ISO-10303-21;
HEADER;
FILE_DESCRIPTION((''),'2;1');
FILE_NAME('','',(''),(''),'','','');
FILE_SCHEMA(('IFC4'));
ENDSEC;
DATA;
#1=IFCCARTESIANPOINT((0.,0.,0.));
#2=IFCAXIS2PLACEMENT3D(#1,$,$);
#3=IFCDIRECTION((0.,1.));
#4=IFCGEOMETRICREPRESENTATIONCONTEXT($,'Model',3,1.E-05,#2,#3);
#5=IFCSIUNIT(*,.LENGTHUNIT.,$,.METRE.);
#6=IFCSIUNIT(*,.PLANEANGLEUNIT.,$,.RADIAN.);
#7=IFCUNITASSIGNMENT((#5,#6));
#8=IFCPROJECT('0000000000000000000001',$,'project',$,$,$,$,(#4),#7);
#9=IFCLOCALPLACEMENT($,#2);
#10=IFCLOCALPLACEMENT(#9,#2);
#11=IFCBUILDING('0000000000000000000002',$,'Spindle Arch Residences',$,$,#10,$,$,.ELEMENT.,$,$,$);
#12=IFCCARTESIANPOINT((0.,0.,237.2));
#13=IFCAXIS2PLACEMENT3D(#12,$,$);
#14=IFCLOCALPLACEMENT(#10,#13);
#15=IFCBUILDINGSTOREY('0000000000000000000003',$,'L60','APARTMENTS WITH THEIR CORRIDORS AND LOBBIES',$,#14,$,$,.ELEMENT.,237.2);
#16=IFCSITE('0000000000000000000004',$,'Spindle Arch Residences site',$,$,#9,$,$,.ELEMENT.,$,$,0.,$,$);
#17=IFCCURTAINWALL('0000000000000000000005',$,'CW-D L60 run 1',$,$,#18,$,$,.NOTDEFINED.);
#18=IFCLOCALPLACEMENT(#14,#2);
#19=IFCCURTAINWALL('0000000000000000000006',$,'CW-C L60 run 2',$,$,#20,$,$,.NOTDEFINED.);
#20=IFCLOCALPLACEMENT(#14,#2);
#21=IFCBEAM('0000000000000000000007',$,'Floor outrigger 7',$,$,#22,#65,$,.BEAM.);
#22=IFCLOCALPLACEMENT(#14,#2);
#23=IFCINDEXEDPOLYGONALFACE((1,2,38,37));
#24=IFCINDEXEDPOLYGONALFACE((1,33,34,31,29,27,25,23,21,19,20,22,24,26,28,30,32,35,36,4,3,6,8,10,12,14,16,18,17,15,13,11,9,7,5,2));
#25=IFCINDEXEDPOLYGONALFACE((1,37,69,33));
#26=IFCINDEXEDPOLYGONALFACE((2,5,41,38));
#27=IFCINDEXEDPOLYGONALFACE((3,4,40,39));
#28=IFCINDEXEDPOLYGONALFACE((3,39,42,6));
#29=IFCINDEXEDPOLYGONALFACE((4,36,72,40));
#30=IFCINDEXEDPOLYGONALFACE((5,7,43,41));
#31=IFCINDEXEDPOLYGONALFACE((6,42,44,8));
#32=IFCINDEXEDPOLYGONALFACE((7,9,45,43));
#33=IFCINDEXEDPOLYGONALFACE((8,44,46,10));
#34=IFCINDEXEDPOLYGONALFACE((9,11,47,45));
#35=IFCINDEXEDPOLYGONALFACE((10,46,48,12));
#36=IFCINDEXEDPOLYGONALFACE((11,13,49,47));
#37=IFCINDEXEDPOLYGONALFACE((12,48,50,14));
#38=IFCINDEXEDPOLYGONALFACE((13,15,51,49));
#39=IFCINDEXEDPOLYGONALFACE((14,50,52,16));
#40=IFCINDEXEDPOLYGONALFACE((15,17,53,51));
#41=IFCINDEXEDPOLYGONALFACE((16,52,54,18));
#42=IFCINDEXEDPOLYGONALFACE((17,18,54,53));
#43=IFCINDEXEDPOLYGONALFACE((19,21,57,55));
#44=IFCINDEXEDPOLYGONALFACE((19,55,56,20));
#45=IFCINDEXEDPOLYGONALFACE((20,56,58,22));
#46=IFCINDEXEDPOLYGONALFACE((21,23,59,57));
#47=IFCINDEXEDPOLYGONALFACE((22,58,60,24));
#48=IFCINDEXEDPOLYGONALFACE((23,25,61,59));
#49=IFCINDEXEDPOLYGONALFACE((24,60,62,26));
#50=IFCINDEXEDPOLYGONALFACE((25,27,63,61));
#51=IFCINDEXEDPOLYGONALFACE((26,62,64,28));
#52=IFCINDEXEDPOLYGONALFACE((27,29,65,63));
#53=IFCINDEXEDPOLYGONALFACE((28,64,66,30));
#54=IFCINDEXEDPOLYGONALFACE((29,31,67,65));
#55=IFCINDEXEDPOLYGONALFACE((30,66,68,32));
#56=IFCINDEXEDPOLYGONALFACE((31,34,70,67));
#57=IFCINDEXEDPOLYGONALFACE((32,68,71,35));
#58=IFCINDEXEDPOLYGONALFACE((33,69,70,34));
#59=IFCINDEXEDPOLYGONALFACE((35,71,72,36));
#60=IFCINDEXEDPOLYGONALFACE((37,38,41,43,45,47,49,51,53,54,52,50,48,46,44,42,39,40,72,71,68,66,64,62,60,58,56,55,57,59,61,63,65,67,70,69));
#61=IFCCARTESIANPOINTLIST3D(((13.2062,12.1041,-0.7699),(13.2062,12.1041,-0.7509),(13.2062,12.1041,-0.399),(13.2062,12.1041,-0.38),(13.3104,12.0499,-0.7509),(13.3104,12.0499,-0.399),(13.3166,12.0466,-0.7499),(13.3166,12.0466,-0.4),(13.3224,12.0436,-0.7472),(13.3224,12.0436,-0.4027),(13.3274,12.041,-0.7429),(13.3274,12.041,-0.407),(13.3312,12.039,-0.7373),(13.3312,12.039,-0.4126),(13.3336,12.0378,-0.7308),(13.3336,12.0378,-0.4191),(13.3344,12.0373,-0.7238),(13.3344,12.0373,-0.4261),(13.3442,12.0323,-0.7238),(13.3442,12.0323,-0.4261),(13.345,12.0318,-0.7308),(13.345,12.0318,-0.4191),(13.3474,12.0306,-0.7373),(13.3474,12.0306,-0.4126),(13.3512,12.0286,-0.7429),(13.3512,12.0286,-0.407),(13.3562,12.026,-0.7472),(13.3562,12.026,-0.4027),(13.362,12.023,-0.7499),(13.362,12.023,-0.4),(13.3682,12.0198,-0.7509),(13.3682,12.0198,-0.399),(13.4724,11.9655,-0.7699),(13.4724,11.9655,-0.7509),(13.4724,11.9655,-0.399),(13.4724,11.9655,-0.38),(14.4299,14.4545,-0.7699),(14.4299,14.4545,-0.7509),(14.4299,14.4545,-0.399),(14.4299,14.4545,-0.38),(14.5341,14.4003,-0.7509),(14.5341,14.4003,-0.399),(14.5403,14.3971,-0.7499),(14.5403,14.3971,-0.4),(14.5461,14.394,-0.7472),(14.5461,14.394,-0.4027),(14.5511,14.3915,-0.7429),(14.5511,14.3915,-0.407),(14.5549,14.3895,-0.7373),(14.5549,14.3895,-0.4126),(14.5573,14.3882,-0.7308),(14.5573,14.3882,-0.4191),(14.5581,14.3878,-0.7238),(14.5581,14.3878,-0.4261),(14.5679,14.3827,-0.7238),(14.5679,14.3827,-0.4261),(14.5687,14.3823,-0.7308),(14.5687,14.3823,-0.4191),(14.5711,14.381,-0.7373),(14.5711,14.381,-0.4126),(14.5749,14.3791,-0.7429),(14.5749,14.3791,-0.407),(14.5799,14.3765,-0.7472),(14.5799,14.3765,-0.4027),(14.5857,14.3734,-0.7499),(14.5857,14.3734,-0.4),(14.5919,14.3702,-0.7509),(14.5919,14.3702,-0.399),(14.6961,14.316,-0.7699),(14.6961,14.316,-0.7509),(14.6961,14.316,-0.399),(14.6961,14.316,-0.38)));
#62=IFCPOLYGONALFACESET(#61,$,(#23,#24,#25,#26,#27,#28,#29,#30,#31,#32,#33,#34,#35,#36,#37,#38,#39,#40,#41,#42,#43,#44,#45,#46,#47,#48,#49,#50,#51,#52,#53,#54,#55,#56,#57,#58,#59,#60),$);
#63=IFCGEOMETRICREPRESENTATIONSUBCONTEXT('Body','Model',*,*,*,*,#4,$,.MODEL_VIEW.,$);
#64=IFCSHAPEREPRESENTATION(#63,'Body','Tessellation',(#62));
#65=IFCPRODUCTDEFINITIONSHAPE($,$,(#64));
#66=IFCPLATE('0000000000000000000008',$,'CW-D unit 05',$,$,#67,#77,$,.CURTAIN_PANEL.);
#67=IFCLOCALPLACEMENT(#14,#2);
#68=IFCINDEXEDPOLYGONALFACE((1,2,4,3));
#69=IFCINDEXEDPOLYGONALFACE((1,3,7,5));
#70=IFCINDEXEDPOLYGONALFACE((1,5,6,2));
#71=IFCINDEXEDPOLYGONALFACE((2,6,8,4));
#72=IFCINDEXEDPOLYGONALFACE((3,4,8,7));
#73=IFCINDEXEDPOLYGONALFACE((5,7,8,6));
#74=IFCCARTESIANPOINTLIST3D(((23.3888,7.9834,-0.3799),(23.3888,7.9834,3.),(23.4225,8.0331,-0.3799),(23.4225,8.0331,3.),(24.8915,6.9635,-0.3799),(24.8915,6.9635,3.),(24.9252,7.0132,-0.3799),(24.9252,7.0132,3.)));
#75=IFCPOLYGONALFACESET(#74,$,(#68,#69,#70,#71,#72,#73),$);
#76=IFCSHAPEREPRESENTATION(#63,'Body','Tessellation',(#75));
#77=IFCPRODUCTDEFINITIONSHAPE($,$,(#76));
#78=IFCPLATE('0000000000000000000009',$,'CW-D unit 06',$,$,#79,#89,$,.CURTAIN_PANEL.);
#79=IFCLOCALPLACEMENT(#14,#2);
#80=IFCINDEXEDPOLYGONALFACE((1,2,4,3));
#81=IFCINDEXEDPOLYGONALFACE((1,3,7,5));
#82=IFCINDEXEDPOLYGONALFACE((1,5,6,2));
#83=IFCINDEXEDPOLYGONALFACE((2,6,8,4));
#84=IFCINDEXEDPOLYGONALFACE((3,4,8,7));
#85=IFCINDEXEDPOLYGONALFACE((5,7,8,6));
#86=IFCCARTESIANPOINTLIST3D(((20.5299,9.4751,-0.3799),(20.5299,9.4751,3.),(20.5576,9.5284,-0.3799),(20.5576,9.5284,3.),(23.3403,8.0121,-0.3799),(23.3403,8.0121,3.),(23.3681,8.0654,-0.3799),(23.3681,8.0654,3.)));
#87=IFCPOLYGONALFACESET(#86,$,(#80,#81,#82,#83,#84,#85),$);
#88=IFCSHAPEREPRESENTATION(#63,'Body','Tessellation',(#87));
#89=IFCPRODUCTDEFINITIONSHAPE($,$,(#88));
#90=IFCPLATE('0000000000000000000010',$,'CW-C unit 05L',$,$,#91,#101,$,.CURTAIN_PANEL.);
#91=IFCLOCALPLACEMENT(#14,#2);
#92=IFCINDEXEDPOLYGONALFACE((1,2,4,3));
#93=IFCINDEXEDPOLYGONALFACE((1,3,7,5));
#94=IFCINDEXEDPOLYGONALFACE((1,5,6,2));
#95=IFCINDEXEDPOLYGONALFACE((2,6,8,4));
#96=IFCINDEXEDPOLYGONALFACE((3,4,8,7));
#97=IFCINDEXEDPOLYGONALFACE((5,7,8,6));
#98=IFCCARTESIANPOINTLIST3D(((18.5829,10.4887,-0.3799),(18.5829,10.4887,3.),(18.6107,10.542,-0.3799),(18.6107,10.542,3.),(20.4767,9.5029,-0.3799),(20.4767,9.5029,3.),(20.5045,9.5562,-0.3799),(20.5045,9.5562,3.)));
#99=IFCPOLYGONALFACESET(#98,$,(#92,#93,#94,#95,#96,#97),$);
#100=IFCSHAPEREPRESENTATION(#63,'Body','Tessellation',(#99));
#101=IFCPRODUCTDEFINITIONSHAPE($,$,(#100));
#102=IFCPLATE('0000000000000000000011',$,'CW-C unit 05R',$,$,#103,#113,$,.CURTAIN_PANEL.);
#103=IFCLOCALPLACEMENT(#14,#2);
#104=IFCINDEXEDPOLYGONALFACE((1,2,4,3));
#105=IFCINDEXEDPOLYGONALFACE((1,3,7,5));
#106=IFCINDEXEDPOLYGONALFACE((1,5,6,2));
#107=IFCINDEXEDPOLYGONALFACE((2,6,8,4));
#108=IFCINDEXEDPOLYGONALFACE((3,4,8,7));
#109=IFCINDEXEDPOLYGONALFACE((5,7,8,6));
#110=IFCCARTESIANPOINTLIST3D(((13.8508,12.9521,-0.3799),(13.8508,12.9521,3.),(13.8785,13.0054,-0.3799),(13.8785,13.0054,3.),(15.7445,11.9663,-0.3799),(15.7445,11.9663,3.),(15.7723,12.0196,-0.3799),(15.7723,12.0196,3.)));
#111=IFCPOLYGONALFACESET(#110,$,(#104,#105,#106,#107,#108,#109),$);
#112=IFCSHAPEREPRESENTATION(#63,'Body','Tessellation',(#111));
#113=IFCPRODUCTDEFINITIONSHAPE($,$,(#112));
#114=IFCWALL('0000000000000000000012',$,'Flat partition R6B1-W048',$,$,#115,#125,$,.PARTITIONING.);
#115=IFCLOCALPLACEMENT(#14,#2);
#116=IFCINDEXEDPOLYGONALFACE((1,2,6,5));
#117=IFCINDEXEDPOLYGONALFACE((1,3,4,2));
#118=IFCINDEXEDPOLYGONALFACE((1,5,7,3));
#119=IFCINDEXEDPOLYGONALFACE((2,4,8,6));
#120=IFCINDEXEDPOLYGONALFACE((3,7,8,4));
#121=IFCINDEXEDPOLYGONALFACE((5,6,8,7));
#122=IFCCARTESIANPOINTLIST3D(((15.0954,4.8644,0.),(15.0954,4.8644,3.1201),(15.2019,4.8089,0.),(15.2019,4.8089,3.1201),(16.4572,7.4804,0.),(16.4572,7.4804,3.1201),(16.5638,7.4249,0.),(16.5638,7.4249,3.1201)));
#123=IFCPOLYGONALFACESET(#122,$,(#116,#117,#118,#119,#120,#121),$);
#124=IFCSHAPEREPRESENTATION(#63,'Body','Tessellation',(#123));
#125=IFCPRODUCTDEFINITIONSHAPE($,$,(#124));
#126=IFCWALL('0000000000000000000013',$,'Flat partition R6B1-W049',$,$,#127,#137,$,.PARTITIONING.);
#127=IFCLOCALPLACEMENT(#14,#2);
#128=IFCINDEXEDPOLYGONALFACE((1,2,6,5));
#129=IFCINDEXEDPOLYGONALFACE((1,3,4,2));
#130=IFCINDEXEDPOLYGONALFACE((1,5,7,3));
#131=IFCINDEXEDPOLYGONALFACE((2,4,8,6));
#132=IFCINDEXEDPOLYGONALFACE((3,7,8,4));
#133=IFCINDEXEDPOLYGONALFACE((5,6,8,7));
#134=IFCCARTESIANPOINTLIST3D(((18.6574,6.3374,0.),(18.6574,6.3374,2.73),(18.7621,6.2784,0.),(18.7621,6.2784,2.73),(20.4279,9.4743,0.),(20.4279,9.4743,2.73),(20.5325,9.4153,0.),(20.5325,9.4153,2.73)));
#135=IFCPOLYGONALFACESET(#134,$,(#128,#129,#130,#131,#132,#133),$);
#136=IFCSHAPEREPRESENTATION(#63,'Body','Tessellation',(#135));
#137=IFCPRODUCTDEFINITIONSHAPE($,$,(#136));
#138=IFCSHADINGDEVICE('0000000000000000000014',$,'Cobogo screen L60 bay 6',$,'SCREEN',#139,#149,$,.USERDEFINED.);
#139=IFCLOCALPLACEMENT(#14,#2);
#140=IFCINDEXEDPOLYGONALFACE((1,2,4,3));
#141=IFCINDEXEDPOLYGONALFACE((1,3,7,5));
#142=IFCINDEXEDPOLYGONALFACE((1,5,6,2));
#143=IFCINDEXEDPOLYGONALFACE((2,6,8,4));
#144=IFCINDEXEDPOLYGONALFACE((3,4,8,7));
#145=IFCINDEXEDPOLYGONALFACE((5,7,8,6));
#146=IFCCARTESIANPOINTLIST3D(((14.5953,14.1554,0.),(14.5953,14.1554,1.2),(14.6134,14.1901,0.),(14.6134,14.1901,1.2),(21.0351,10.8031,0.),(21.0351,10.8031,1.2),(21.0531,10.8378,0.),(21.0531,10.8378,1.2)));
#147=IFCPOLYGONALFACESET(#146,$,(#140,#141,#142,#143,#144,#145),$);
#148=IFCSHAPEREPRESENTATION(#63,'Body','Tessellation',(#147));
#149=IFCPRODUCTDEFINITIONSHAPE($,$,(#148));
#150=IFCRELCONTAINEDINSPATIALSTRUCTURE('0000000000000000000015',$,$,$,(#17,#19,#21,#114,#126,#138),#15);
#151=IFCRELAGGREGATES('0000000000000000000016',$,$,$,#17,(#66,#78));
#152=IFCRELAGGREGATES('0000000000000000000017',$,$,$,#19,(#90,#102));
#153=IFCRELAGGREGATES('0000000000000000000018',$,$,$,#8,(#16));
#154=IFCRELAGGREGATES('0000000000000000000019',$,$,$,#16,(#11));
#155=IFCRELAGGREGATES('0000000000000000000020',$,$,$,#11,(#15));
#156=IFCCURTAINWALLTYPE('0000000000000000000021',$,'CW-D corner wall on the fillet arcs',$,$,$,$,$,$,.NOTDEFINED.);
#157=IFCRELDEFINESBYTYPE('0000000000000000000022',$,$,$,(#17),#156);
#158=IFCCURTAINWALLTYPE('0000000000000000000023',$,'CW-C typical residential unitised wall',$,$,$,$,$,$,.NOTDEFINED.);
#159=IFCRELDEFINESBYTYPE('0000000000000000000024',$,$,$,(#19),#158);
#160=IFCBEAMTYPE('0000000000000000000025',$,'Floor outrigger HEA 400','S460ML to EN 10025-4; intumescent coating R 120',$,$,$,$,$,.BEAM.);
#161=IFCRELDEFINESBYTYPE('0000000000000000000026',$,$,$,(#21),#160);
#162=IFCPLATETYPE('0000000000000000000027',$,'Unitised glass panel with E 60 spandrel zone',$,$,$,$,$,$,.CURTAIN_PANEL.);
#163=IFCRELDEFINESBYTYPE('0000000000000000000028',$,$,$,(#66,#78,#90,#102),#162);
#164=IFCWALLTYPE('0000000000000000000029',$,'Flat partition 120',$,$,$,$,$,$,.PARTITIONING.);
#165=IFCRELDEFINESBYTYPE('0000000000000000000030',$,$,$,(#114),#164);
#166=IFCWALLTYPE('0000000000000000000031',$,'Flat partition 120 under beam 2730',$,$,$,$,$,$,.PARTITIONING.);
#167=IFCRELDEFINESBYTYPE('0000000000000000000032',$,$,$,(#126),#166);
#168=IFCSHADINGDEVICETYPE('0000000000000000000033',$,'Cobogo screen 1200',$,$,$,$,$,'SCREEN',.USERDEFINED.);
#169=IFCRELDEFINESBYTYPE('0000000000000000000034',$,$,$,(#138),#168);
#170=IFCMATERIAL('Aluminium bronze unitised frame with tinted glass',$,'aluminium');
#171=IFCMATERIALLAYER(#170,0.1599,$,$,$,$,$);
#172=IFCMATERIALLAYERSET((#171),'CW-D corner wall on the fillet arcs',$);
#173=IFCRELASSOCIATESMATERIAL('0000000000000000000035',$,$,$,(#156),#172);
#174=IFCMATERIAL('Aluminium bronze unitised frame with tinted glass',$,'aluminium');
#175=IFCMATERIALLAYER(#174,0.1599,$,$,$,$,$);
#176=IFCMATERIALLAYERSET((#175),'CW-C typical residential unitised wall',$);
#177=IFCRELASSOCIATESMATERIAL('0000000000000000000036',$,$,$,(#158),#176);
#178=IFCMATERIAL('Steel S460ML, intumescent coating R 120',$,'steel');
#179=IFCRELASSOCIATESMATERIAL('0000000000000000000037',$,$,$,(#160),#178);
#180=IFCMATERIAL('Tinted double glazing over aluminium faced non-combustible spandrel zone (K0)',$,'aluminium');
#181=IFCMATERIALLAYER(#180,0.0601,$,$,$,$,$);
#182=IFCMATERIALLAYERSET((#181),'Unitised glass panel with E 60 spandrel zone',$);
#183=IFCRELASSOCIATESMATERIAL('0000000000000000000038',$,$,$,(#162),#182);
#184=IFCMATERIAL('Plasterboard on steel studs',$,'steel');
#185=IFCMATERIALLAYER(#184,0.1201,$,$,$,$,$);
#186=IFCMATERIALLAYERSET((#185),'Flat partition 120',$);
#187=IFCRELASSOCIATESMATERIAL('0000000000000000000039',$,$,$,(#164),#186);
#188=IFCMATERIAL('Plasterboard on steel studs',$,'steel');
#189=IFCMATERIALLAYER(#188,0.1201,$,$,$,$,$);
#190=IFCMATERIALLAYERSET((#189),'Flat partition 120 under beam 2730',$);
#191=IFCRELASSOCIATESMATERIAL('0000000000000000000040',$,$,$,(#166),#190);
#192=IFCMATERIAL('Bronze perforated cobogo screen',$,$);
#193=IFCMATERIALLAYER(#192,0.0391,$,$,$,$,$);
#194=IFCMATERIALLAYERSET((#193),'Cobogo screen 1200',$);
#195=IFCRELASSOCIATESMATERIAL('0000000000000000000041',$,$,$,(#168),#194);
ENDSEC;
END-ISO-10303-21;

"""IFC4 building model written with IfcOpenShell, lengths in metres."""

from ifc_helpers import new_model, si_unit, direction, frame, frame_2d, origin, origin_2d, place, context, subcontext, project, spatial, rectangle, i_section, extrude, material, layer, layer_set, material_profile, profile_set, type_object, element, aggregate, save


model = new_model("IFC4")

# Units and contexts
model_context = context("Model", 3, precision=1e-05, world=origin(), true_north=direction((0.0, 1.0)))
body_context = subcontext(model_context, "Body", "Model", "MODEL_VIEW")
ifc_project = project(units=[si_unit("LENGTHUNIT", "METRE"), si_unit("PLANEANGLEUNIT", "RADIAN")], contexts=[model_context])

# Site, building, storey
site_placement = place(None, origin())
site = spatial("IfcSite", under=ifc_project, at=site_placement, Name="Spindle Arch Residences site", CompositionType="ELEMENT", RefElevation=0.0)
building_placement = place(site_placement, origin())
building = spatial("IfcBuilding", under=site, at=building_placement, Name="Spindle Arch Residences", CompositionType="ELEMENT")
storey_placement = place(building_placement, frame((0.0, 0.0, 237.2)))
storey = spatial("IfcBuildingStorey", under=building, at=storey_placement, Name="L60", Description="APARTMENTS WITH THEIR CORRIDORS AND LOBBIES", CompositionType="ELEMENT", Elevation=237.2)

# Curtain walls
ifc_material_1 = material(Name="Aluminium bronze unitised frame with tinted glass", Category="aluminium")
ifc_layer_1 = layer(ifc_material_1, 0.1599)
ifc_layer_set_1 = layer_set([ifc_layer_1], Name="CW-D corner wall on the fillet arcs")
curtain_wall_type_1 = type_object("IfcCurtainWallType", Name="CW-D corner wall on the fillet arcs", PredefinedType="NOTDEFINED", material=ifc_layer_set_1)
curtain_wall_1_placement = place(storey_placement, origin())
curtain_wall_1 = element("IfcCurtainWall", 1, at=curtain_wall_1_placement, inside=storey, type_object=curtain_wall_type_1, Name="CW-D L60 run 1", PredefinedType="NOTDEFINED")
ifc_material_2 = material(Name="Aluminium bronze unitised frame with tinted glass", Category="aluminium")
ifc_layer_2 = layer(ifc_material_2, 0.1599)
ifc_layer_set_2 = layer_set([ifc_layer_2], Name="CW-C typical residential unitised wall")
curtain_wall_type_2 = type_object("IfcCurtainWallType", Name="CW-C typical residential unitised wall", PredefinedType="NOTDEFINED", material=ifc_layer_set_2)
curtain_wall_2_placement = place(storey_placement, origin())
curtain_wall_2 = element("IfcCurtainWall", 2, at=curtain_wall_2_placement, inside=storey, type_object=curtain_wall_type_2, Name="CW-C L60 run 2", PredefinedType="NOTDEFINED")

# Beam
ifc_material_3 = material(Name="Steel S460ML, intumescent coating R 120", Category="steel")
ifc_material_profile_1 = material_profile(ifc_material_3, i_section(OverallWidth=0.3, OverallDepth=0.3899, WebThickness=0.011, FlangeThickness=0.019, FilletRadius=0.0271, at=origin_2d()), Name="HEA 400")
ifc_profile_set_1 = profile_set([ifc_material_profile_1], Name="Steel S460ML, intumescent coating R 120")
beam_type_1 = type_object("IfcBeamType", Name="Floor outrigger HEA 400", Description="S460ML to EN 10025-4; intumescent coating R 120", PredefinedType="BEAM", material=ifc_profile_set_1)
for number, where, z_axis, x_axis, name in (
    (3, (14.563, 14.3853, -0.575), (-0.461785, -0.886992, 0.0), (0.886992, -0.461785, 0.0), "Floor outrigger 7"),
):
    element("IfcBeam", number, at=place(storey_placement, frame(where, z_axis=z_axis, x_axis=x_axis)), inside=storey, type_object=beam_type_1, Name=name, PredefinedType="BEAM", context=body_context, shape_type="SweptSolid", body=[
        extrude(i_section(OverallWidth=0.3, OverallDepth=0.3899, WebThickness=0.011, FlangeThickness=0.019, FilletRadius=0.0271, at=origin_2d()), origin(), (0.0, 0.0, 1.0), 2.6499),
    ])

# Plates
ifc_material_4 = material(Name="Tinted double glazing over aluminium faced non-combustible spandrel zone (K0)", Category="aluminium")
ifc_layer_3 = layer(ifc_material_4, 0.0601)
ifc_layer_set_3 = layer_set([ifc_layer_3], Name="Unitised glass panel with E 60 spandrel zone")
plate_type = type_object("IfcPlateType", Name="Unitised glass panel with E 60 spandrel zone", PredefinedType="CURTAIN_PANEL", material=ifc_layer_set_3)
plate_1_placement = place(storey_placement, frame((24.157, 7.4983, -0.3799), z_axis=(0.0, 0.0, 1.0), x_axis=(-0.827407, 0.561602, 0.0)))
plate_1 = element("IfcPlate", 4, at=plate_1_placement, type_object=plate_type, Name="CW-D unit 05", PredefinedType="CURTAIN_PANEL", context=body_context, shape_type="SweptSolid", body=[
    extrude(rectangle(XDim=1.8162, YDim=0.0601, at=origin_2d()), origin(), (0.0, 0.0, 1.0), 3.3799),
])
plate_2_placement = place(storey_placement, frame((21.949, 8.7703, -0.3799), z_axis=(0.0, 0.0, 1.0), x_axis=(-0.887011, 0.461749, 0.0)))
plate_2 = element("IfcPlate", 5, at=plate_2_placement, type_object=plate_type, Name="CW-D unit 06", PredefinedType="CURTAIN_PANEL", context=body_context, shape_type="SweptSolid", body=[
    extrude(rectangle(XDim=3.1685, YDim=0.0601, at=origin_2d()), origin(), (0.0, 0.0, 1.0), 3.3799),
])
aggregate(curtain_wall_1, [plate_1, plate_2])
plate_3_placement = place(storey_placement, frame((19.5437, 10.0225, -0.3799), z_axis=(0.0, 0.0, 1.0), x_axis=(-0.887011, 0.461749, 0.0)))
plate_3 = element("IfcPlate", 6, at=plate_3_placement, type_object=plate_type, Name="CW-C unit 05L", PredefinedType="CURTAIN_PANEL", context=body_context, shape_type="SweptSolid", body=[
    extrude(rectangle(XDim=2.135, YDim=0.0601, at=origin_2d()), origin(), (0.0, 0.0, 1.0), 3.3799),
])
plate_4_placement = place(storey_placement, frame((14.8115, 12.4858, -0.3799), z_axis=(0.0, 0.0, 1.0), x_axis=(-0.887011, 0.461749, 0.0)))
plate_4 = element("IfcPlate", 7, at=plate_4_placement, type_object=plate_type, Name="CW-C unit 05R", PredefinedType="CURTAIN_PANEL", context=body_context, shape_type="SweptSolid", body=[
    extrude(rectangle(XDim=2.135, YDim=0.0601, at=origin_2d()), origin(), (0.0, 0.0, 1.0), 3.3799),
])
aggregate(curtain_wall_2, [plate_3, plate_4])

# Walls
ifc_material_5 = material(Name="Plasterboard on steel studs", Category="steel")
ifc_layer_4 = layer(ifc_material_5, 0.1201)
ifc_layer_set_4 = layer_set([ifc_layer_4], Name="Flat partition 120")
wall_type_1 = type_object("IfcWallType", Name="Flat partition 120", PredefinedType="PARTITIONING", material=ifc_layer_set_4)
wall_1_placement = place(storey_placement, frame((16.5105, 7.4526, 0.0), z_axis=(0.0, 0.0, 1.0), x_axis=(-0.461757, -0.887007, 0.0)))
element("IfcWall", 8, at=wall_1_placement, inside=storey, type_object=wall_type_1, Name="Flat partition R6B1-W048", PredefinedType="PARTITIONING", context=body_context, shape_type="SweptSolid", body=[
    extrude(rectangle(XDim=2.9492, YDim=0.1201, at=frame_2d((1.4746, 0.0))), origin(), (0.0, 0.0, 1.0), 3.1201),
])
ifc_material_6 = material(Name="Plasterboard on steel studs", Category="steel")
ifc_layer_5 = layer(ifc_material_6, 0.1201)
ifc_layer_set_5 = layer_set([ifc_layer_5], Name="Flat partition 120 under beam 2730")
wall_type_2 = type_object("IfcWallType", Name="Flat partition 120 under beam 2730", PredefinedType="PARTITIONING", material=ifc_layer_set_5)
wall_2_placement = place(storey_placement, frame((20.4802, 9.4448, 0.0), z_axis=(0.0, 0.0, 1.0), x_axis=(-0.491519, -0.870867, 0.0)))
element("IfcWall", 9, at=wall_2_placement, inside=storey, type_object=wall_type_2, Name="Flat partition R6B1-W049", PredefinedType="PARTITIONING", context=body_context, shape_type="SweptSolid", body=[
    extrude(rectangle(XDim=3.6021, YDim=0.1201, at=frame_2d((1.801, 0.0))), origin(), (0.0, 0.0, 1.0), 2.73),
])

# Shading device
ifc_material_7 = material(Name="Bronze perforated cobogo screen")
ifc_layer_6 = layer(ifc_material_7, 0.0391)
ifc_layer_set_6 = layer_set([ifc_layer_6], Name="Cobogo screen 1200")
shading_device_type = type_object("IfcShadingDeviceType", Name="Cobogo screen 1200", ElementType="SCREEN", PredefinedType="USERDEFINED", material=ifc_layer_set_6)
shading_device_placement = place(storey_placement, frame((17.8242, 12.4966, 0.0), z_axis=(0.0, 0.0, 1.0), x_axis=(-0.887011, 0.461749, 0.0)))
element("IfcShadingDevice", 10, at=shading_device_placement, inside=storey, type_object=shading_device_type, Name="Cobogo screen L60 bay 6", ObjectType="SCREEN", PredefinedType="USERDEFINED", context=body_context, shape_type="SweptSolid", body=[
    extrude(rectangle(XDim=7.26, YDim=0.0391, at=origin_2d()), origin(), (0.0, 0.0, 1.0), 1.2),
])

save(model, "model.ifc")
